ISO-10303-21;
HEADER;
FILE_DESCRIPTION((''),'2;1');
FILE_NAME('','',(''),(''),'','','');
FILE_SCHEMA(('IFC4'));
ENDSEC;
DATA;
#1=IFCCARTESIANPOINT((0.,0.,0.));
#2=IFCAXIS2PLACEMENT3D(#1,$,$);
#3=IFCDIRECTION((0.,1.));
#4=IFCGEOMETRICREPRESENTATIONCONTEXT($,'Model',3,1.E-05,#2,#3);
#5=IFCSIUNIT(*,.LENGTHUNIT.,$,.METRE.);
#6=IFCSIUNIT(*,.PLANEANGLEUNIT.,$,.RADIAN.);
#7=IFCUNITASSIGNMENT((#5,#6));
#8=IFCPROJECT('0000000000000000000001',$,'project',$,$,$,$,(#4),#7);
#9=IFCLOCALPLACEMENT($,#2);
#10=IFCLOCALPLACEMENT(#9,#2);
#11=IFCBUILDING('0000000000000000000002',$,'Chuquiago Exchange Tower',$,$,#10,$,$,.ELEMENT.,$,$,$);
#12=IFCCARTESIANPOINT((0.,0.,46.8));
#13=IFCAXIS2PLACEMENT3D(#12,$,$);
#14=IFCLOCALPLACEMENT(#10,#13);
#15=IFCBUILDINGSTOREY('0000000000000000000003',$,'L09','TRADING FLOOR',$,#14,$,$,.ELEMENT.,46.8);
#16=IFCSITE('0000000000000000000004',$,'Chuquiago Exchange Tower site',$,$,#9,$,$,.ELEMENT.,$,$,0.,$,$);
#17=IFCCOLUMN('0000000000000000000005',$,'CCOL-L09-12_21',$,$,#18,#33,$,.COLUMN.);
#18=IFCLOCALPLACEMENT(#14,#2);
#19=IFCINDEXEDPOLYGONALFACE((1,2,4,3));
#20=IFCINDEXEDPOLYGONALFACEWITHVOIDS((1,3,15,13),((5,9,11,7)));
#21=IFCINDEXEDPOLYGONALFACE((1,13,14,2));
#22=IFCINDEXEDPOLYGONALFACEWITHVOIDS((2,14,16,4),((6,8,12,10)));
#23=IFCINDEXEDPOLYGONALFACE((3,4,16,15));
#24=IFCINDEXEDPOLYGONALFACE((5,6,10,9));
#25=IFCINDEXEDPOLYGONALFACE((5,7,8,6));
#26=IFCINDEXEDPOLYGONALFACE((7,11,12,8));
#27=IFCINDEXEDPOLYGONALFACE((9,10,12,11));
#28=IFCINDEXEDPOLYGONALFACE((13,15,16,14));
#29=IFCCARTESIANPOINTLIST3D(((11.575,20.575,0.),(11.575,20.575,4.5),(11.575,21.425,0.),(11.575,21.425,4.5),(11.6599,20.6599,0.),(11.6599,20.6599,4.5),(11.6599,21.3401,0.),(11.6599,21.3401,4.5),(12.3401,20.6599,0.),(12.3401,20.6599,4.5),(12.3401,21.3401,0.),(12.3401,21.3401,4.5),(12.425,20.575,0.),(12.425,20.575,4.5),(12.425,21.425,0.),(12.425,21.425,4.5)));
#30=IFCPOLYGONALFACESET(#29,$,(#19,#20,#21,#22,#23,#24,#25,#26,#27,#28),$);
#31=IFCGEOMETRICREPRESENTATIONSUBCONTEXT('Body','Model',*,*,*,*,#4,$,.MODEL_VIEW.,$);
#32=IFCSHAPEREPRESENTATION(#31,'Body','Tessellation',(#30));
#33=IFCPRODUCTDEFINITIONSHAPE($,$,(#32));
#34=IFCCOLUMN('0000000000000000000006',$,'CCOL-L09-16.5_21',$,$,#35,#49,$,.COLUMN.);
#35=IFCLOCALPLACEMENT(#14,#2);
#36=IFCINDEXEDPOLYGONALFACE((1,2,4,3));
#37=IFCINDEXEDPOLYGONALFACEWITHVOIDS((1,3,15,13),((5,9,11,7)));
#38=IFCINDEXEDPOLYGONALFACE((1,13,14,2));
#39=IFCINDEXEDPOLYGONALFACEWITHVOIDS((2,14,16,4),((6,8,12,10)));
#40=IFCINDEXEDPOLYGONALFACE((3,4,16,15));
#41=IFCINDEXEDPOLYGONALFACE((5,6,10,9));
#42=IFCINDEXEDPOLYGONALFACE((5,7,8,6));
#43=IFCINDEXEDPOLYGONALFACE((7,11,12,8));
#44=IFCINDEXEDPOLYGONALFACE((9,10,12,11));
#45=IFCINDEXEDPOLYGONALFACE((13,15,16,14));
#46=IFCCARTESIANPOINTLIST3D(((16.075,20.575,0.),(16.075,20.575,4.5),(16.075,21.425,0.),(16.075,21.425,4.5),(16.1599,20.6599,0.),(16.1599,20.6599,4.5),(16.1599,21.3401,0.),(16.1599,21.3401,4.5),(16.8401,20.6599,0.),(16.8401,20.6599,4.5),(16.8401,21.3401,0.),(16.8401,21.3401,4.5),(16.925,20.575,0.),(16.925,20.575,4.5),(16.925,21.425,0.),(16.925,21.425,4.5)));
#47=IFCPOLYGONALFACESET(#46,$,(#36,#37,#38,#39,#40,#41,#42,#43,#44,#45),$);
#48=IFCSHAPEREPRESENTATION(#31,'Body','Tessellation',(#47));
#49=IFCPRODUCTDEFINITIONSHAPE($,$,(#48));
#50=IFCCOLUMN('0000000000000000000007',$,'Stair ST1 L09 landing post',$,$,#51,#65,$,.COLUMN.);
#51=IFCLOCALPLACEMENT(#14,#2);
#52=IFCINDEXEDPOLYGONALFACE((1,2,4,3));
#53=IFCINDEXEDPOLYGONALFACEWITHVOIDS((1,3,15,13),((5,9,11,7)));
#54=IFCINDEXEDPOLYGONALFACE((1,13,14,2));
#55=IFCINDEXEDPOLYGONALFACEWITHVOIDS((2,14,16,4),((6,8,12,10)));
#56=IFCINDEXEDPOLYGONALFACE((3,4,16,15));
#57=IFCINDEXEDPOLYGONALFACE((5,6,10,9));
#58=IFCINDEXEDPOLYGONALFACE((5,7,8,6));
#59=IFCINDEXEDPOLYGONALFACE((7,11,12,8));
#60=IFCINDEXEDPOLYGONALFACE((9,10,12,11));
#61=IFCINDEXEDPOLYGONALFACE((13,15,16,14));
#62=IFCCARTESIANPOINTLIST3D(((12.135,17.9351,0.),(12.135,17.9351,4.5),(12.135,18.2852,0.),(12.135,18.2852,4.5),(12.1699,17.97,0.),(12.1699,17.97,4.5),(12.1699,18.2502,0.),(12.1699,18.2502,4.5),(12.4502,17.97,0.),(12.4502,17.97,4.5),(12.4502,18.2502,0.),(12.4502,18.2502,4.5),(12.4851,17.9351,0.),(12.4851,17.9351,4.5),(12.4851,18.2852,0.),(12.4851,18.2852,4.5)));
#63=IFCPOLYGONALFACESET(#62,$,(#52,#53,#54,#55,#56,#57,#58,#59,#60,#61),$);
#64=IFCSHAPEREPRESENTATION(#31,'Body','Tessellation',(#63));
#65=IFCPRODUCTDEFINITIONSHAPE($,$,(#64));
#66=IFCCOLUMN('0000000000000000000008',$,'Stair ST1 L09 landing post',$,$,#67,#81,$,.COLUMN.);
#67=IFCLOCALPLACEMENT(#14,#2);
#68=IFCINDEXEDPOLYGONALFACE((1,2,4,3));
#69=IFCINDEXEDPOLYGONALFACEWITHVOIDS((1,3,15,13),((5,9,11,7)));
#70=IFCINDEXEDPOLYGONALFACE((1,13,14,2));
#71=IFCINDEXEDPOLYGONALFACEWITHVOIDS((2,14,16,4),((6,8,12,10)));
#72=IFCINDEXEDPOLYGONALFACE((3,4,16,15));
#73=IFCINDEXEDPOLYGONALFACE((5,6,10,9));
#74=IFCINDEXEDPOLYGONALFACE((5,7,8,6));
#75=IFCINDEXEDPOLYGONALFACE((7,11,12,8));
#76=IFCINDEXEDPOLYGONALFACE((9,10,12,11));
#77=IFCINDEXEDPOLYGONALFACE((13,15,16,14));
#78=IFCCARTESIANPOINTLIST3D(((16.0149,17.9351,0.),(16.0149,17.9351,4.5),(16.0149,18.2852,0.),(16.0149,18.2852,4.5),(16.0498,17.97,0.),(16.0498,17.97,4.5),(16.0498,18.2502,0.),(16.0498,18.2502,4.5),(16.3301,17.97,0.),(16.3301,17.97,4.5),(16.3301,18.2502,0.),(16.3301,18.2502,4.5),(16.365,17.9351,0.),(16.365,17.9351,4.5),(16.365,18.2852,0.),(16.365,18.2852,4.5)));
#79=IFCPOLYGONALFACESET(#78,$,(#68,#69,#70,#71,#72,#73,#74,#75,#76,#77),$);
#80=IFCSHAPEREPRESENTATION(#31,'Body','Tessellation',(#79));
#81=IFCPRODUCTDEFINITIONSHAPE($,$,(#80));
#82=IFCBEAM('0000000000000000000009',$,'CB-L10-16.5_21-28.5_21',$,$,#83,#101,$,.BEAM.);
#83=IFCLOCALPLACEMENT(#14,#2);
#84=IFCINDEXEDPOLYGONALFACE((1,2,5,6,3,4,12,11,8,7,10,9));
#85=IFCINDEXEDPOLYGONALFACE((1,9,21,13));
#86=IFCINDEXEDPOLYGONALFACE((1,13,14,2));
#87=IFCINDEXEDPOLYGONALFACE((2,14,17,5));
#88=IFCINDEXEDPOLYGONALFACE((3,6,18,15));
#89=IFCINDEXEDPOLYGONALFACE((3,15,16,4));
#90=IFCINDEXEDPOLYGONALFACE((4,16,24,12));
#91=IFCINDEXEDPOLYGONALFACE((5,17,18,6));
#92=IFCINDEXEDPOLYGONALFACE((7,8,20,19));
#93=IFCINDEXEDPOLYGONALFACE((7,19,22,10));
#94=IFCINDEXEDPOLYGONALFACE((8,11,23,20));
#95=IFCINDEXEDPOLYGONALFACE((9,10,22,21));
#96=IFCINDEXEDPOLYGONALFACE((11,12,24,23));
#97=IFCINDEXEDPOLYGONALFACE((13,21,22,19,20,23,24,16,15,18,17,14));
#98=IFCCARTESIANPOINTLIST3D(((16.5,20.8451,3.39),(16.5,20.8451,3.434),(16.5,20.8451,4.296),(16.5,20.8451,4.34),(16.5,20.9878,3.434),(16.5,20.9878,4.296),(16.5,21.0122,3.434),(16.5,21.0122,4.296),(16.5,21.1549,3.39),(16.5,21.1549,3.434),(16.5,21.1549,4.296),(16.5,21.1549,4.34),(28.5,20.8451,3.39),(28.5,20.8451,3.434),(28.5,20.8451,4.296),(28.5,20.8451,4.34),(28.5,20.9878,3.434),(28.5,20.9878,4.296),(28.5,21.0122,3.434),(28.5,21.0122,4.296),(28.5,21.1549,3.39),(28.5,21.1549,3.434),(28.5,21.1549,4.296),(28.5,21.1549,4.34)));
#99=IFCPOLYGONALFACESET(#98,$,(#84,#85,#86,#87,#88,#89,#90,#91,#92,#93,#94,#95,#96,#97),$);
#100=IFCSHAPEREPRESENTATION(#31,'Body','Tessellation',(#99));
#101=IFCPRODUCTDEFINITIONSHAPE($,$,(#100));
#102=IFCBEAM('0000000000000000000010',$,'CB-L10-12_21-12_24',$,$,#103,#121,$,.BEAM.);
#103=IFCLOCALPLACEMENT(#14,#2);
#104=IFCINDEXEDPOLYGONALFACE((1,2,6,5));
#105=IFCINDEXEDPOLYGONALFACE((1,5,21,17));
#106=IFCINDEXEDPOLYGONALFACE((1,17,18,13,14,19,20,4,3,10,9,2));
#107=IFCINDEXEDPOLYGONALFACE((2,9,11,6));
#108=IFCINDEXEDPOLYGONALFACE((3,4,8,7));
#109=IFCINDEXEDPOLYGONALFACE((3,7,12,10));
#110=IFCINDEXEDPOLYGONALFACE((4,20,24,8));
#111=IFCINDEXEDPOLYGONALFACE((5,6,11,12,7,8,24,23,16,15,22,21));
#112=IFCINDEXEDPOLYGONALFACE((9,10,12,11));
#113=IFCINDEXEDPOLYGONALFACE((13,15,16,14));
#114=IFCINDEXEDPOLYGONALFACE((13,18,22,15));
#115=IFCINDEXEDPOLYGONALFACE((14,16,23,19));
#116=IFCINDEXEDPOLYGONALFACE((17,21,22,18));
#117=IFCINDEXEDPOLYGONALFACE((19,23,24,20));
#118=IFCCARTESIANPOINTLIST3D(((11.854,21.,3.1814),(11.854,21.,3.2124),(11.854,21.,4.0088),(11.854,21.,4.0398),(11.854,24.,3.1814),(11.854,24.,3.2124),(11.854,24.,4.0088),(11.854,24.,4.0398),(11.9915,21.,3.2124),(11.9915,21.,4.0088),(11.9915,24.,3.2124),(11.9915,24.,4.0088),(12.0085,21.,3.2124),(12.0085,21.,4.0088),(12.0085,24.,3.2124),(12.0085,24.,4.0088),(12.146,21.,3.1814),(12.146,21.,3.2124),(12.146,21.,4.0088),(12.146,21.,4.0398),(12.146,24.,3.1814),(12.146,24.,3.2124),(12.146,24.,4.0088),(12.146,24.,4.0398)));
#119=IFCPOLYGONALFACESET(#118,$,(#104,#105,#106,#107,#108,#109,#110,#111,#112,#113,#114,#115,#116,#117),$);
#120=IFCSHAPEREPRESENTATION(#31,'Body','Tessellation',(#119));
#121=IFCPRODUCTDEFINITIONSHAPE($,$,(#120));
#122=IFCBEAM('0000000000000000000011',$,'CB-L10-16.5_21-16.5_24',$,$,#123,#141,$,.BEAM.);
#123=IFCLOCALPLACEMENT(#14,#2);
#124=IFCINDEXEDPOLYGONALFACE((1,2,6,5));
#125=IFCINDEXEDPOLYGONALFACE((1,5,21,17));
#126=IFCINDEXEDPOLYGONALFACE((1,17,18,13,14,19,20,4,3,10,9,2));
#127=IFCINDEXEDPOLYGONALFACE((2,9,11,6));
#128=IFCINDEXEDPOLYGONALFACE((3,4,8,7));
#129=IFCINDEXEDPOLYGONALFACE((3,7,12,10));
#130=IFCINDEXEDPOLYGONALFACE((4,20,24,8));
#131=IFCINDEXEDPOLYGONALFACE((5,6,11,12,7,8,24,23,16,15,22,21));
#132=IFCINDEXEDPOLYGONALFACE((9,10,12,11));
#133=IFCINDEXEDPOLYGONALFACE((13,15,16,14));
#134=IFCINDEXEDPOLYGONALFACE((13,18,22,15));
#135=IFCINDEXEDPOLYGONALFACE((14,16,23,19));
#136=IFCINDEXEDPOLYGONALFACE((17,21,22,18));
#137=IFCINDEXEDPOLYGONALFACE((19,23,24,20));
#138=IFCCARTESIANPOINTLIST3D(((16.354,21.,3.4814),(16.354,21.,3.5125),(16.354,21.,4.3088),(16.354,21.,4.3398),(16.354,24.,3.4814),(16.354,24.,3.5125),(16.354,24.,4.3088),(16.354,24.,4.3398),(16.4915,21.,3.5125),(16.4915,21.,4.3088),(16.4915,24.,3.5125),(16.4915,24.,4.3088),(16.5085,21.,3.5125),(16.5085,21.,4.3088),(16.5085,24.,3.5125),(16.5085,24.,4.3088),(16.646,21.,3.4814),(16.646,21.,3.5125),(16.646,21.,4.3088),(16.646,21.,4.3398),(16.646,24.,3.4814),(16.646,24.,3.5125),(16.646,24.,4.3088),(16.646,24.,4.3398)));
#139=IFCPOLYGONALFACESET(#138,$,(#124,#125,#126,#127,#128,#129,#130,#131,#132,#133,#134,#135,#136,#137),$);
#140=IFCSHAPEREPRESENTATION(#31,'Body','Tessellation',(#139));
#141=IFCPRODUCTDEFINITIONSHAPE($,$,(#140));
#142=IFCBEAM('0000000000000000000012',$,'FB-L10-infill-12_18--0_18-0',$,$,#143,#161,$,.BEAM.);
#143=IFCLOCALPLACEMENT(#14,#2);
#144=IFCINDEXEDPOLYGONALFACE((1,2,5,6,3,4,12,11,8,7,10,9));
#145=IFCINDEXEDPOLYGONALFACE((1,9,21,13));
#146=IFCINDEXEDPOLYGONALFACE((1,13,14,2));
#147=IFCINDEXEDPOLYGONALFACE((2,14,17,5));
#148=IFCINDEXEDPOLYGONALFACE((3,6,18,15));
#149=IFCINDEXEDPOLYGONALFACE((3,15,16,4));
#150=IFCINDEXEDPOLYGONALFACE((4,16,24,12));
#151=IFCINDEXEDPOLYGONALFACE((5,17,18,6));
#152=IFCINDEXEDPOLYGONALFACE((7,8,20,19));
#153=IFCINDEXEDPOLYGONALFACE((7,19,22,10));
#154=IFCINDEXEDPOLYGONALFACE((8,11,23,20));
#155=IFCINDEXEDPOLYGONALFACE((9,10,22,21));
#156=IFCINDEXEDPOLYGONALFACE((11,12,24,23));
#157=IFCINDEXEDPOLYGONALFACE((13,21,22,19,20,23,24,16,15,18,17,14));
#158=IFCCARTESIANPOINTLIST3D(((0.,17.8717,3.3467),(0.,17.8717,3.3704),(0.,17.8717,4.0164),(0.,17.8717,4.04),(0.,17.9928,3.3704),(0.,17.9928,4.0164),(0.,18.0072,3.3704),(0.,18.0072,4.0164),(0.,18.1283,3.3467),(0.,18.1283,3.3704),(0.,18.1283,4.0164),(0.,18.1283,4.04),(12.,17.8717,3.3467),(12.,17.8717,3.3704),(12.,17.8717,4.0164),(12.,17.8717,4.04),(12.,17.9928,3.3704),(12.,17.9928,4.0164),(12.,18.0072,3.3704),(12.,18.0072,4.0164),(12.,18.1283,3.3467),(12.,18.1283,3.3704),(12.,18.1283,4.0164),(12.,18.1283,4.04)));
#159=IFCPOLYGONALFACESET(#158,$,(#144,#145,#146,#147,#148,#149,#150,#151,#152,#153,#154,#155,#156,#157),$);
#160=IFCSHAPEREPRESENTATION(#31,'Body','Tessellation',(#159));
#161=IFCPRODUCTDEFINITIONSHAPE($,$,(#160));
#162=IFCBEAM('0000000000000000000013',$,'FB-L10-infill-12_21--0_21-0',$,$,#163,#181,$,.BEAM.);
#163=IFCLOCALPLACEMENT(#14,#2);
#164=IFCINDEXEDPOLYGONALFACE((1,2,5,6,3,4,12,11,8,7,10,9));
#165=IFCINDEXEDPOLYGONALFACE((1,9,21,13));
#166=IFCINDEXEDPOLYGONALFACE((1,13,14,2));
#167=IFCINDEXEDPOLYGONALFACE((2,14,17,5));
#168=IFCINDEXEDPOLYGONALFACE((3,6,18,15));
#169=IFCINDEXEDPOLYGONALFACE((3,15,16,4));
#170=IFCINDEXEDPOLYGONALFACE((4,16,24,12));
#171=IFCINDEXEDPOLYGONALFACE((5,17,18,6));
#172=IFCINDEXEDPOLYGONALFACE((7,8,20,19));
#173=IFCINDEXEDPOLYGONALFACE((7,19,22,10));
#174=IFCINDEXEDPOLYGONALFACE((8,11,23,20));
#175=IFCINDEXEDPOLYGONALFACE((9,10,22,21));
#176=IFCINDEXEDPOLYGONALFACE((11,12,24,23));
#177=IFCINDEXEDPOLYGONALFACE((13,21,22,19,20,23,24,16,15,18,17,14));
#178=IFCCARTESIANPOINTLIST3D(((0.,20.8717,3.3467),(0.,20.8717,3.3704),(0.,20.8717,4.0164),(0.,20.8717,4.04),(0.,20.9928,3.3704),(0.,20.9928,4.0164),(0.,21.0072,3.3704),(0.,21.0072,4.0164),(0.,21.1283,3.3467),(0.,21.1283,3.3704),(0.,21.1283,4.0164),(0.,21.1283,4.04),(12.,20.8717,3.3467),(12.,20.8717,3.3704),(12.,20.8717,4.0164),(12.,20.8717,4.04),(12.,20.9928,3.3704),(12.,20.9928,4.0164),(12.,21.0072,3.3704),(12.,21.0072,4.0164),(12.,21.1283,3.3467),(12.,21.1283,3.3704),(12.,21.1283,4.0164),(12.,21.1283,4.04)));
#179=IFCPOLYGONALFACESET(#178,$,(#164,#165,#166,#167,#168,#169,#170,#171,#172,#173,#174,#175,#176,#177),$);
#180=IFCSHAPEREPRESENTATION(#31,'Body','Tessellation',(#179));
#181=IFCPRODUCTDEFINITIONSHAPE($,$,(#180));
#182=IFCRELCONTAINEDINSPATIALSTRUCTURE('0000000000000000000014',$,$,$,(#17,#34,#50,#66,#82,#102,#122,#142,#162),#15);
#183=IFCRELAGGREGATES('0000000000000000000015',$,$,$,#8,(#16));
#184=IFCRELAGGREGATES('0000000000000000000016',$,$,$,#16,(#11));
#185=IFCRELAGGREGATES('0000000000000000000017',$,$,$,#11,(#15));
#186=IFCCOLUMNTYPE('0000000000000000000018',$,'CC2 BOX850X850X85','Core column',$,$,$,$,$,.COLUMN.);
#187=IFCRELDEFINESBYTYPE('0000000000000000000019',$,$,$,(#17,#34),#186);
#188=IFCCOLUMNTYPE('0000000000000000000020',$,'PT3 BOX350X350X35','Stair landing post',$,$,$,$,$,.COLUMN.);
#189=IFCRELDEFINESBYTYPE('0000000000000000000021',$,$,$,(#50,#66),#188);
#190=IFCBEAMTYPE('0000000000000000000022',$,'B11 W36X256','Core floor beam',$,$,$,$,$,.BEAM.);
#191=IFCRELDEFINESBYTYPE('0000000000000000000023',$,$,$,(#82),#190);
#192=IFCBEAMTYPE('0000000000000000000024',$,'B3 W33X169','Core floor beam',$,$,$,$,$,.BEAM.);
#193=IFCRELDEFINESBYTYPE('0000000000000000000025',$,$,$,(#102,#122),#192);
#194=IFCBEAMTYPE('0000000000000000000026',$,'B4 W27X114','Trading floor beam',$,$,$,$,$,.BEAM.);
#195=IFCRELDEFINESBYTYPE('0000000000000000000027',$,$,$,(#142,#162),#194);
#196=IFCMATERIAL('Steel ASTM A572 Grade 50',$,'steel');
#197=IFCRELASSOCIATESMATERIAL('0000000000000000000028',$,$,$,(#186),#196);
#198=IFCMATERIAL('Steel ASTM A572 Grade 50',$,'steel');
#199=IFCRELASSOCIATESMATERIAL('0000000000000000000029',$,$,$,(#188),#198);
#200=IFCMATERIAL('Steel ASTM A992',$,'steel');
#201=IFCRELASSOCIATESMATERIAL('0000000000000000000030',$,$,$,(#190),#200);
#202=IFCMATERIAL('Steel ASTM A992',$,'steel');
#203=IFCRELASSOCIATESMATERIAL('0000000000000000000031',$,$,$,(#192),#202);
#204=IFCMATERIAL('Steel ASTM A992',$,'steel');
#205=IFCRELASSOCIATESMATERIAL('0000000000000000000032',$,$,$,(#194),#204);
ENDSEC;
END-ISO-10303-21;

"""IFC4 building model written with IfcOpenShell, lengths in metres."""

from ifc_helpers import new_model, si_unit, direction, frame, origin, origin_2d, place, context, subcontext, project, spatial, hollow_rectangle, i_section, extrude, material, material_profile, profile_set, type_object, element, save


model = new_model("IFC4")

# Units and contexts
model_context = context("Model", 3, precision=1e-05, world=origin(), true_north=direction((0.0, 1.0)))
body_context = subcontext(model_context, "Body", "Model", "MODEL_VIEW")
ifc_project = project(units=[si_unit("LENGTHUNIT", "METRE"), si_unit("PLANEANGLEUNIT", "RADIAN")], contexts=[model_context])

# Site, building, storey
site_placement = place(None, origin())
site = spatial("IfcSite", under=ifc_project, at=site_placement, Name="Chuquiago Exchange Tower site", CompositionType="ELEMENT", RefElevation=0.0)
building_placement = place(site_placement, origin())
building = spatial("IfcBuilding", under=site, at=building_placement, Name="Chuquiago Exchange Tower", CompositionType="ELEMENT")
storey_placement = place(building_placement, frame((0.0, 0.0, 46.8)))
storey = spatial("IfcBuildingStorey", under=building, at=storey_placement, Name="L09", Description="TRADING FLOOR", CompositionType="ELEMENT", Elevation=46.8)

# Columns
ifc_material_1 = material(Name="Steel ASTM A572 Grade 50", Category="steel")
ifc_material_profile_1 = material_profile(ifc_material_1, hollow_rectangle(XDim=0.8501, YDim=0.8501, WallThickness=0.085, at=origin_2d()), Name="BOX850X850X85")
ifc_profile_set_1 = profile_set([ifc_material_profile_1], Name="Steel ASTM A572 Grade 50")
column_type_1 = type_object("IfcColumnType", Name="CC2 BOX850X850X85", Description="Core column", PredefinedType="COLUMN", material=ifc_profile_set_1)
for number, where, z_axis, x_axis, name in (
    (1, (12.0, 21.0, 0.0), (0.0, 0.0, 1.0), (1.0, 0.0, 0.0), "CCOL-L09-12_21"),
    (2, (16.5, 21.0, 0.0), (0.0, 0.0, 1.0), (1.0, 0.0, 0.0), "CCOL-L09-16.5_21"),
):
    element("IfcColumn", number, at=place(storey_placement, frame(where, z_axis=z_axis, x_axis=x_axis)), inside=storey, type_object=column_type_1, Name=name, PredefinedType="COLUMN", context=body_context, shape_type="SweptSolid", body=[
        extrude(hollow_rectangle(XDim=0.8501, YDim=0.8501, WallThickness=0.085, at=origin_2d()), origin(), (0.0, 0.0, 1.0), 4.5),
    ])
ifc_material_2 = material(Name="Steel ASTM A572 Grade 50", Category="steel")
ifc_material_profile_2 = material_profile(ifc_material_2, hollow_rectangle(XDim=0.3501, YDim=0.3501, WallThickness=0.0349, at=origin_2d()), Name="BOX350X350X35")
ifc_profile_set_2 = profile_set([ifc_material_profile_2], Name="Steel ASTM A572 Grade 50")
column_type_2 = type_object("IfcColumnType", Name="PT3 BOX350X350X35", Description="Stair landing post", PredefinedType="COLUMN", material=ifc_profile_set_2)
for number, where, z_axis, x_axis, name in (
    (3, (12.3101, 18.1101, 0.0), (0.0, 0.0, 1.0), (1.0, 0.0, 0.0), "Stair ST1 L09 landing post"),
    (4, (16.1899, 18.1101, 0.0), (0.0, 0.0, 1.0), (1.0, 0.0, 0.0), "Stair ST1 L09 landing post"),
):
    element("IfcColumn", number, at=place(storey_placement, frame(where, z_axis=z_axis, x_axis=x_axis)), inside=storey, type_object=column_type_2, Name=name, PredefinedType="COLUMN", context=body_context, shape_type="SweptSolid", body=[
        extrude(hollow_rectangle(XDim=0.3501, YDim=0.3501, WallThickness=0.0349, at=origin_2d()), origin(), (0.0, 0.0, 1.0), 4.5),
    ])

# Beams
ifc_material_3 = material(Name="Steel ASTM A992", Category="steel")
ifc_material_profile_3 = material_profile(ifc_material_3, i_section(OverallWidth=0.3098, OverallDepth=0.95, WebThickness=0.0244, FlangeThickness=0.0439, at=origin_2d()), Name="W36X256")
ifc_profile_set_3 = profile_set([ifc_material_profile_3], Name="Steel ASTM A992")
beam_type_1 = type_object("IfcBeamType", Name="B11 W36X256", Description="Core floor beam", PredefinedType="BEAM", material=ifc_profile_set_3)
beam_1_placement = place(storey_placement, frame((16.5, 21.0, 3.865), z_axis=(1.0, 0.0, 0.0), x_axis=(0.0, 1.0, 0.0)))
element("IfcBeam", 5, at=beam_1_placement, inside=storey, type_object=beam_type_1, Name="CB-L10-16.5_21-28.5_21", PredefinedType="BEAM", context=body_context, shape_type="SweptSolid", body=[
    extrude(i_section(OverallWidth=0.3098, OverallDepth=0.95, WebThickness=0.0244, FlangeThickness=0.0439, at=origin_2d()), origin(), (0.0, 0.0, 1.0), 12.0),
])
ifc_material_4 = material(Name="Steel ASTM A992", Category="steel")
ifc_material_profile_4 = material_profile(ifc_material_4, i_section(OverallWidth=0.292, OverallDepth=0.8584, WebThickness=0.0171, FlangeThickness=0.031, at=origin_2d()), Name="W33X169")
ifc_profile_set_4 = profile_set([ifc_material_profile_4], Name="Steel ASTM A992")
beam_type_2 = type_object("IfcBeamType", Name="B3 W33X169", Description="Core floor beam", PredefinedType="BEAM", material=ifc_profile_set_4)
for number, where, z_axis, x_axis, name in (
    (6, (12.0, 21.0, 3.6106), (0.0, 1.0, 0.0), (-1.0, 0.0, 0.0), "CB-L10-12_21-12_24"),
    (7, (16.5, 21.0, 3.9106), (0.0, 1.0, 0.0), (-1.0, 0.0, 0.0), "CB-L10-16.5_21-16.5_24"),
):
    element("IfcBeam", number, at=place(storey_placement, frame(where, z_axis=z_axis, x_axis=x_axis)), inside=storey, type_object=beam_type_2, Name=name, PredefinedType="BEAM", context=body_context, shape_type="SweptSolid", body=[
        extrude(i_section(OverallWidth=0.292, OverallDepth=0.8584, WebThickness=0.0171, FlangeThickness=0.031, at=origin_2d()), origin(), (0.0, 0.0, 1.0), 3.0),
    ])
ifc_material_5 = material(Name="Steel ASTM A992", Category="steel")
ifc_material_profile_5 = material_profile(ifc_material_5, i_section(OverallWidth=0.2566, OverallDepth=0.6934, WebThickness=0.0144, FlangeThickness=0.0237, at=origin_2d()), Name="W27X114")
ifc_profile_set_5 = profile_set([ifc_material_profile_5], Name="Steel ASTM A992")
beam_type_3 = type_object("IfcBeamType", Name="B4 W27X114", Description="Trading floor beam", PredefinedType="BEAM", material=ifc_profile_set_5)
for number, where, z_axis, x_axis, name in (
    (8, (12.0, 18.0, 3.6934), (-1.0, 0.0, 0.0), (0.0, -1.0, 0.0), "FB-L10-infill-12_18--0_18-0"),
    (9, (12.0, 21.0, 3.6934), (-1.0, 0.0, 0.0), (0.0, -1.0, 0.0), "FB-L10-infill-12_21--0_21-0"),
):
    element("IfcBeam", number, at=place(storey_placement, frame(where, z_axis=z_axis, x_axis=x_axis)), inside=storey, type_object=beam_type_3, Name=name, PredefinedType="BEAM", context=body_context, shape_type="SweptSolid", body=[
        extrude(i_section(OverallWidth=0.2566, OverallDepth=0.6934, WebThickness=0.0144, FlangeThickness=0.0237, at=origin_2d()), origin(), (0.0, 0.0, 1.0), 12.0),
    ])

save(model, "model.ifc")
